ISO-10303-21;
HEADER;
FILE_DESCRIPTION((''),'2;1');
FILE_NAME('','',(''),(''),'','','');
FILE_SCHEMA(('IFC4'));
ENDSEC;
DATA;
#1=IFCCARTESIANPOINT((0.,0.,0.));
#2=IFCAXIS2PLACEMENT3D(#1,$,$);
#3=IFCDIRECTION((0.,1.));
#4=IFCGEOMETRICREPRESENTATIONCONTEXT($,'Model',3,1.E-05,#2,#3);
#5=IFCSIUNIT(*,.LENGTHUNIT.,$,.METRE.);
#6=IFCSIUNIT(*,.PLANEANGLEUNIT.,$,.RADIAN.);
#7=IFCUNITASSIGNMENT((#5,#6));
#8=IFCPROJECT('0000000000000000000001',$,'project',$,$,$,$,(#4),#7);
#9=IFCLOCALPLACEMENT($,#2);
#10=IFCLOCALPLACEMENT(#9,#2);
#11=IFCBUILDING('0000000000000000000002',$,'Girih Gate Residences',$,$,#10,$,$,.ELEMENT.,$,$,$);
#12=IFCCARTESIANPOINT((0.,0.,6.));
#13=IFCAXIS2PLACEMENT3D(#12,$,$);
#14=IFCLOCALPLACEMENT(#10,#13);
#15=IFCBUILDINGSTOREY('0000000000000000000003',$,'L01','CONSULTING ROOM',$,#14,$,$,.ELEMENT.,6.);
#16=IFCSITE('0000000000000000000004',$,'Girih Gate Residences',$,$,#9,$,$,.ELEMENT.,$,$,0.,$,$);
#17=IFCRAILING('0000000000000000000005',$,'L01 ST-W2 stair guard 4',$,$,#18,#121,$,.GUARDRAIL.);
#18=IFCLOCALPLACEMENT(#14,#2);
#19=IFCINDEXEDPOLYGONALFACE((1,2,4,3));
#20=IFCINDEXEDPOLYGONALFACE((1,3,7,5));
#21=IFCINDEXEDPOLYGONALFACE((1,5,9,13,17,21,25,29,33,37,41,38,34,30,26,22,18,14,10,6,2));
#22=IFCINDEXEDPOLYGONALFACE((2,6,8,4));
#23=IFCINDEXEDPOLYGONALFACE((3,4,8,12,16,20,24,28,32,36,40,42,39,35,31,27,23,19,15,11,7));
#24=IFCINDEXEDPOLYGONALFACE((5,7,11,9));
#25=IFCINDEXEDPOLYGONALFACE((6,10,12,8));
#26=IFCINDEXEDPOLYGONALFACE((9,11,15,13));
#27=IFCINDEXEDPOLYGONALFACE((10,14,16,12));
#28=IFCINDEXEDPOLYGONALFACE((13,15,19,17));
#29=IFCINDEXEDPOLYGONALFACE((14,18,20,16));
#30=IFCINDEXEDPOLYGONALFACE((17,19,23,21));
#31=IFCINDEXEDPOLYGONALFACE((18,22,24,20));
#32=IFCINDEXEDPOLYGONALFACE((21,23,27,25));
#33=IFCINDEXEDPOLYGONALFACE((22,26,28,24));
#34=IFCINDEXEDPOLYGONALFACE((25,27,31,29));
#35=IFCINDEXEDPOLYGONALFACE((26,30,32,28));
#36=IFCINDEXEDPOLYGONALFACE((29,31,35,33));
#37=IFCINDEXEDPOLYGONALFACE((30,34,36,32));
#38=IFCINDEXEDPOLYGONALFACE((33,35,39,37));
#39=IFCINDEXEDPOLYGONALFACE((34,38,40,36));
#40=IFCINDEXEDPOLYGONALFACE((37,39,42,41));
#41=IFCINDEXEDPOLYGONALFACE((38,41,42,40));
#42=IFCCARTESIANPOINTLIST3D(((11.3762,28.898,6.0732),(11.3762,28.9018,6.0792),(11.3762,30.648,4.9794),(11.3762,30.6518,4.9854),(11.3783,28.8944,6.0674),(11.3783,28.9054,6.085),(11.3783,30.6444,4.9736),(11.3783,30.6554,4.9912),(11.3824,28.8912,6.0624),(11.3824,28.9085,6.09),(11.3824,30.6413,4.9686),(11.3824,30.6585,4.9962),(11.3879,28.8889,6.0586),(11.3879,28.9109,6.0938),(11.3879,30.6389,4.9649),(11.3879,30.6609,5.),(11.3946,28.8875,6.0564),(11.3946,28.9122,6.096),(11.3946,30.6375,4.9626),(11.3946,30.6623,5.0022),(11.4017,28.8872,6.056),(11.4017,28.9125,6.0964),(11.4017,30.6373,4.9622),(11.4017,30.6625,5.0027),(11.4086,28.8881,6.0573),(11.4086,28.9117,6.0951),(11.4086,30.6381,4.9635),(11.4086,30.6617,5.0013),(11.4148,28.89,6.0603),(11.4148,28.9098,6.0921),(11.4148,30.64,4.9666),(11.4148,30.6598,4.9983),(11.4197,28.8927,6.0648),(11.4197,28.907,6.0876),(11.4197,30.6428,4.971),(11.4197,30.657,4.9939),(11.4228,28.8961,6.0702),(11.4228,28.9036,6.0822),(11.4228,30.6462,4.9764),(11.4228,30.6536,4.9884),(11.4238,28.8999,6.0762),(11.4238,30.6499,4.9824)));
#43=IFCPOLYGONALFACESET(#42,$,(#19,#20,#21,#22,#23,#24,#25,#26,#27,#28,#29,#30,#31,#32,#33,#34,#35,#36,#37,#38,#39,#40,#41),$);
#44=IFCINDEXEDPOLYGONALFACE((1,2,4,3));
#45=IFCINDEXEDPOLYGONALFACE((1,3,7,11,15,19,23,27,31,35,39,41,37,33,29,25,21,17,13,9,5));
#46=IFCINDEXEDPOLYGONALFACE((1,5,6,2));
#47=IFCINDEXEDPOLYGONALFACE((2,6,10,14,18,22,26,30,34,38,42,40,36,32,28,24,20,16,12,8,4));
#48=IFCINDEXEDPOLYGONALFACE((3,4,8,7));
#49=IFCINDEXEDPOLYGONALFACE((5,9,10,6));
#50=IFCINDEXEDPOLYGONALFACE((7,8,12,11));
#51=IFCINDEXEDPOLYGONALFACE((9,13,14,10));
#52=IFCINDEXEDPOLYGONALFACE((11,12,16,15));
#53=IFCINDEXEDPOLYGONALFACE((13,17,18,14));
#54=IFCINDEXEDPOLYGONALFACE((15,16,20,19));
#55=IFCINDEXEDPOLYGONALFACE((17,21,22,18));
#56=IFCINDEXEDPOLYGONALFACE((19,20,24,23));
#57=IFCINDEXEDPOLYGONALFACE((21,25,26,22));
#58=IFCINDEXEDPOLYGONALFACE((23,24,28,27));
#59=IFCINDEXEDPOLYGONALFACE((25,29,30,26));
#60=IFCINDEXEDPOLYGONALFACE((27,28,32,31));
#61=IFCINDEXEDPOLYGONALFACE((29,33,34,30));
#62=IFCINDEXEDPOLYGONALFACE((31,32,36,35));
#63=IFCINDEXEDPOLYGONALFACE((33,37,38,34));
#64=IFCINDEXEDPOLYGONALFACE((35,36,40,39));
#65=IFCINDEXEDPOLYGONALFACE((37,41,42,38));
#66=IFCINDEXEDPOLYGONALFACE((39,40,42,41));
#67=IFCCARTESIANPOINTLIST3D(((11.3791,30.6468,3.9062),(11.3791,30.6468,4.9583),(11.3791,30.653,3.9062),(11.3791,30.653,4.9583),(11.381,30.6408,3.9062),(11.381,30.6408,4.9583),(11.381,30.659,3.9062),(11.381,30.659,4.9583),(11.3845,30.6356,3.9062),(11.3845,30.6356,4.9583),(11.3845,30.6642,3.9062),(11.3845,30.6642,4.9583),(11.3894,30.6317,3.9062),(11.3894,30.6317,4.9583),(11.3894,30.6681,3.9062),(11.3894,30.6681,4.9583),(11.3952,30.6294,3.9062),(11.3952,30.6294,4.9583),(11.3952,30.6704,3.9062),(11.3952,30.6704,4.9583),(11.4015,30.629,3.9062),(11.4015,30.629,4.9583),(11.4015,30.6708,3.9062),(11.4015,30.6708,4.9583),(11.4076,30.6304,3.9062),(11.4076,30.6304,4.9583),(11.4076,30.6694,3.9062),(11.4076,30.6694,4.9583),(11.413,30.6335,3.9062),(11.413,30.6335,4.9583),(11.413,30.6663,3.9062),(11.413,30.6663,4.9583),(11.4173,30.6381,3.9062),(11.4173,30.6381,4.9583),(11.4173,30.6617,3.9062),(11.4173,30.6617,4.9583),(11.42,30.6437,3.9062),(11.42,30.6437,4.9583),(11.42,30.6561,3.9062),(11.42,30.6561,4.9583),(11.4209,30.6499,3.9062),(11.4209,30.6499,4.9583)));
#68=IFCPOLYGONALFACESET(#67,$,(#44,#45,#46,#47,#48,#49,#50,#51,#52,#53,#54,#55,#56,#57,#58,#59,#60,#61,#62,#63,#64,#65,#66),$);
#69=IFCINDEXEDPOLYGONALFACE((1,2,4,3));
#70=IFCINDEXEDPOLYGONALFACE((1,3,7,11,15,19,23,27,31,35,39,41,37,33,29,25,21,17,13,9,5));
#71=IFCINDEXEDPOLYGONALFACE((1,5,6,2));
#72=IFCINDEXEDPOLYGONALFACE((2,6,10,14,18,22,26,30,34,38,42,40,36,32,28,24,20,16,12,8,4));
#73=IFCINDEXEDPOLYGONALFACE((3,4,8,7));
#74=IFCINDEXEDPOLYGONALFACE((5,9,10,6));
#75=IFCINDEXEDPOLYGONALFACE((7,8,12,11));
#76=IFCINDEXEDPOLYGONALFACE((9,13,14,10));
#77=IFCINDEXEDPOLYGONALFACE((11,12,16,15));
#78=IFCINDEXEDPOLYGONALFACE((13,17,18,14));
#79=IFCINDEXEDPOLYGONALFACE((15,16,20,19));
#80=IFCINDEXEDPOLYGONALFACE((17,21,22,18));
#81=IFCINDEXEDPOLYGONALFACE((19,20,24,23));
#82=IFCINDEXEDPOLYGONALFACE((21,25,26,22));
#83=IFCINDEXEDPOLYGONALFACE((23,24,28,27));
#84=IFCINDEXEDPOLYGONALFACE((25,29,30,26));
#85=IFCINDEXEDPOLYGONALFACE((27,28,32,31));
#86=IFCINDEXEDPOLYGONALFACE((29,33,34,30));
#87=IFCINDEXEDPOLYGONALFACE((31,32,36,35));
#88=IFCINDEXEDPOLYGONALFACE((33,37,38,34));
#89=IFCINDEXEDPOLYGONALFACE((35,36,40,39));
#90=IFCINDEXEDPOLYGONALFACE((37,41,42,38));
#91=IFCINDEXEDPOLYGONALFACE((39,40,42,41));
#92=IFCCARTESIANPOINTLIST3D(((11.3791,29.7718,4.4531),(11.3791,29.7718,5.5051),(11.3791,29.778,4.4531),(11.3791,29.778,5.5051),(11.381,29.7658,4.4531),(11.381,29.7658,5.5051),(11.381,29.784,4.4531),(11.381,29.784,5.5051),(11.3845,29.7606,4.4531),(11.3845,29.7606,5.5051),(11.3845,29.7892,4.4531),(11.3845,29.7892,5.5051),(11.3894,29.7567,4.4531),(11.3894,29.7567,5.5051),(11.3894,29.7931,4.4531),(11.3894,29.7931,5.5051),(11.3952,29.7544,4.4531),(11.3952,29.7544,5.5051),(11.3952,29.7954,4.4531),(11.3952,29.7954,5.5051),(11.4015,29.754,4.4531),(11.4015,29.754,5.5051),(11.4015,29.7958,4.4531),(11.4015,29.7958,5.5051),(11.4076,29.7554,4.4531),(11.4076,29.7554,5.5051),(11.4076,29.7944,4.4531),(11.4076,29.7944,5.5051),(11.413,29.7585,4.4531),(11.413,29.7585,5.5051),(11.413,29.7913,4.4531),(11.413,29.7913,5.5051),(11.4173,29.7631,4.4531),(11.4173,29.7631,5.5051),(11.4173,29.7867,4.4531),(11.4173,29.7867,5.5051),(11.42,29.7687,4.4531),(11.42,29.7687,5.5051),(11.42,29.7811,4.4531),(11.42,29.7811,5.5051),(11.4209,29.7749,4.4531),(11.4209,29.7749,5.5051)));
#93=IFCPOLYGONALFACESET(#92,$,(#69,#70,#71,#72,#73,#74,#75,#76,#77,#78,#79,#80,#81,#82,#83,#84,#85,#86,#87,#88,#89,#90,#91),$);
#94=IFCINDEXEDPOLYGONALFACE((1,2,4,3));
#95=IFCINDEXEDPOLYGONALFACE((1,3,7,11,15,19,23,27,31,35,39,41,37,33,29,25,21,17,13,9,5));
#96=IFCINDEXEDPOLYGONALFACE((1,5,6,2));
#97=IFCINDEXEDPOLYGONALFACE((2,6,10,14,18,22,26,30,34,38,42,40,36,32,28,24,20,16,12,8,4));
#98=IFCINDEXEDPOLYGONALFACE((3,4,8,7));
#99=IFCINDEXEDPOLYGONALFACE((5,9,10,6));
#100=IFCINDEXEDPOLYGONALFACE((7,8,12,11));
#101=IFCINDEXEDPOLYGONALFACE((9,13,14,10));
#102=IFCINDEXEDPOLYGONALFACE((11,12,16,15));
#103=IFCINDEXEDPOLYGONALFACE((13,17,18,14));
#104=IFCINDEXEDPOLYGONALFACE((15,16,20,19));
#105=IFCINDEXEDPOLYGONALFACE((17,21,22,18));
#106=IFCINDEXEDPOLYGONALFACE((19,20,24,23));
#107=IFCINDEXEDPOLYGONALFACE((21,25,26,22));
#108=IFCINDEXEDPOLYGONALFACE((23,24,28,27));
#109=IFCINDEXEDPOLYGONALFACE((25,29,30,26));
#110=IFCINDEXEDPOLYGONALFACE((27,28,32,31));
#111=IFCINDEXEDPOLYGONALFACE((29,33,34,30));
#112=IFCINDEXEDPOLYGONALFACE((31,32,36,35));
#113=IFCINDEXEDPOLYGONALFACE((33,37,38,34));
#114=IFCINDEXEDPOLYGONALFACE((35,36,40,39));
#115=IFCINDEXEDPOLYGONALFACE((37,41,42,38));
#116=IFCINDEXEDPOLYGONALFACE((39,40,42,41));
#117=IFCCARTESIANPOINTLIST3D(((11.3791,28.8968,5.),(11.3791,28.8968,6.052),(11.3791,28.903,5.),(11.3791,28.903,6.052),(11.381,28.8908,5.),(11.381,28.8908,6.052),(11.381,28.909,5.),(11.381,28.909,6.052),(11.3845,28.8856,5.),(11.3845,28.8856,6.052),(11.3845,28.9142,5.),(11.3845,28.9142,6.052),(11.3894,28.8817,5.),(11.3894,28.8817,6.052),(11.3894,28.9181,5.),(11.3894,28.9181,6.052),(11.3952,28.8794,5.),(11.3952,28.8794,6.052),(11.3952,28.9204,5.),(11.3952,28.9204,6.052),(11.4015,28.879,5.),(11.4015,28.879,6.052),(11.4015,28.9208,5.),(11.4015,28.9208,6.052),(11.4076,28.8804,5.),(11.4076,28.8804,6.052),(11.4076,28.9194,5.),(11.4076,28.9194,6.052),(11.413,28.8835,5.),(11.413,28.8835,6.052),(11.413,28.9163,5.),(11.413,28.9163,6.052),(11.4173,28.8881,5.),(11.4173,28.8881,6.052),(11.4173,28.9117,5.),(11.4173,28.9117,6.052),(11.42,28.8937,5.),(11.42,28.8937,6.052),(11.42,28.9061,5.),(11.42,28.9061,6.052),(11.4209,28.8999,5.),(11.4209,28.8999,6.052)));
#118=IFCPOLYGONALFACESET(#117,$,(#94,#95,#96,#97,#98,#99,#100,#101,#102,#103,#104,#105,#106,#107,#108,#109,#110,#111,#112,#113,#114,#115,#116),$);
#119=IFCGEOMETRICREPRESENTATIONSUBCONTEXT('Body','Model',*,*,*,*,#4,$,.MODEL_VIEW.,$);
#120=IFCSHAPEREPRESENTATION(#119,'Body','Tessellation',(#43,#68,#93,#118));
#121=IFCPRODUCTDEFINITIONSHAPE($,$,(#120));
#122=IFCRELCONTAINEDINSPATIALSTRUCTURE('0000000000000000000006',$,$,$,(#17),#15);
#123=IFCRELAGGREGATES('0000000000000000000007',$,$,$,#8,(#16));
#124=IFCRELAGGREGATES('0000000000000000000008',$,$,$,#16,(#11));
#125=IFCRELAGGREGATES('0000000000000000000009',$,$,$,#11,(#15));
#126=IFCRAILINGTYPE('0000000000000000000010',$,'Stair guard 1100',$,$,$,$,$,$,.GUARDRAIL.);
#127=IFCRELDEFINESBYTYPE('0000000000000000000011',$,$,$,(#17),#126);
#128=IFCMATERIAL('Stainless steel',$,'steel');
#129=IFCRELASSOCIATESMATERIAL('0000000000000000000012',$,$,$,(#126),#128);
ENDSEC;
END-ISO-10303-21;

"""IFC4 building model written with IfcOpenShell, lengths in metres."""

from ifc_helpers import new_model, si_unit, direction, frame, origin, origin_2d, place, context, subcontext, project, spatial, circle, extrude, material, type_object, element, save


model = new_model("IFC4")

# Units and contexts
model_context = context("Model", 3, precision=1e-05, world=origin(), true_north=direction((0.0, 1.0)))
body_context = subcontext(model_context, "Body", "Model", "MODEL_VIEW")
ifc_project = project(units=[si_unit("LENGTHUNIT", "METRE"), si_unit("PLANEANGLEUNIT", "RADIAN")], contexts=[model_context])

# Site, building, storey
site_placement = place(None, origin())
site = spatial("IfcSite", under=ifc_project, at=site_placement, Name="Girih Gate Residences", CompositionType="ELEMENT", RefElevation=0.0)
building_placement = place(site_placement, origin())
building = spatial("IfcBuilding", under=site, at=building_placement, Name="Girih Gate Residences", CompositionType="ELEMENT")
storey_placement = place(building_placement, frame((0.0, 0.0, 6.0)))
storey = spatial("IfcBuildingStorey", under=building, at=storey_placement, Name="L01", Description="CONSULTING ROOM", CompositionType="ELEMENT", Elevation=6.0)

# Railing
ifc_material_1 = material(Name="Stainless steel", Category="steel")
railing_type_1 = type_object("IfcRailingType", Name="Stair guard 1100", PredefinedType="GUARDRAIL", material=ifc_material_1)
railing_1_placement = place(storey_placement, frame((11.3999, 30.6499, 3.9062)))
element("IfcRailing", 1, at=railing_1_placement, inside=storey, type_object=railing_type_1, Name="L01 ST-W2 stair guard 4", PredefinedType="GUARDRAIL", context=body_context, shape_type="SweptSolid", body=[
    extrude(circle(Radius=0.0239, at=origin_2d()), frame((0.0, 0.0, 1.0762), z_axis=(0.0, -0.847998, 0.529999), x_axis=(1.0, 0.0, 0.0)), (0.0, 0.0, 1.0), 2.0637),
    extrude(circle(Radius=0.021, at=origin_2d()), origin(), (0.0, 0.0, 1.0), 1.052),
    extrude(circle(Radius=0.021, at=origin_2d()), frame((0.0, -0.875, 0.5469)), (0.0, 0.0, 1.0), 1.052),
    extrude(circle(Radius=0.021, at=origin_2d()), frame((0.0, -1.75, 1.0938)), (0.0, 0.0, 1.0), 1.052),
])

save(model, "model.ifc")
